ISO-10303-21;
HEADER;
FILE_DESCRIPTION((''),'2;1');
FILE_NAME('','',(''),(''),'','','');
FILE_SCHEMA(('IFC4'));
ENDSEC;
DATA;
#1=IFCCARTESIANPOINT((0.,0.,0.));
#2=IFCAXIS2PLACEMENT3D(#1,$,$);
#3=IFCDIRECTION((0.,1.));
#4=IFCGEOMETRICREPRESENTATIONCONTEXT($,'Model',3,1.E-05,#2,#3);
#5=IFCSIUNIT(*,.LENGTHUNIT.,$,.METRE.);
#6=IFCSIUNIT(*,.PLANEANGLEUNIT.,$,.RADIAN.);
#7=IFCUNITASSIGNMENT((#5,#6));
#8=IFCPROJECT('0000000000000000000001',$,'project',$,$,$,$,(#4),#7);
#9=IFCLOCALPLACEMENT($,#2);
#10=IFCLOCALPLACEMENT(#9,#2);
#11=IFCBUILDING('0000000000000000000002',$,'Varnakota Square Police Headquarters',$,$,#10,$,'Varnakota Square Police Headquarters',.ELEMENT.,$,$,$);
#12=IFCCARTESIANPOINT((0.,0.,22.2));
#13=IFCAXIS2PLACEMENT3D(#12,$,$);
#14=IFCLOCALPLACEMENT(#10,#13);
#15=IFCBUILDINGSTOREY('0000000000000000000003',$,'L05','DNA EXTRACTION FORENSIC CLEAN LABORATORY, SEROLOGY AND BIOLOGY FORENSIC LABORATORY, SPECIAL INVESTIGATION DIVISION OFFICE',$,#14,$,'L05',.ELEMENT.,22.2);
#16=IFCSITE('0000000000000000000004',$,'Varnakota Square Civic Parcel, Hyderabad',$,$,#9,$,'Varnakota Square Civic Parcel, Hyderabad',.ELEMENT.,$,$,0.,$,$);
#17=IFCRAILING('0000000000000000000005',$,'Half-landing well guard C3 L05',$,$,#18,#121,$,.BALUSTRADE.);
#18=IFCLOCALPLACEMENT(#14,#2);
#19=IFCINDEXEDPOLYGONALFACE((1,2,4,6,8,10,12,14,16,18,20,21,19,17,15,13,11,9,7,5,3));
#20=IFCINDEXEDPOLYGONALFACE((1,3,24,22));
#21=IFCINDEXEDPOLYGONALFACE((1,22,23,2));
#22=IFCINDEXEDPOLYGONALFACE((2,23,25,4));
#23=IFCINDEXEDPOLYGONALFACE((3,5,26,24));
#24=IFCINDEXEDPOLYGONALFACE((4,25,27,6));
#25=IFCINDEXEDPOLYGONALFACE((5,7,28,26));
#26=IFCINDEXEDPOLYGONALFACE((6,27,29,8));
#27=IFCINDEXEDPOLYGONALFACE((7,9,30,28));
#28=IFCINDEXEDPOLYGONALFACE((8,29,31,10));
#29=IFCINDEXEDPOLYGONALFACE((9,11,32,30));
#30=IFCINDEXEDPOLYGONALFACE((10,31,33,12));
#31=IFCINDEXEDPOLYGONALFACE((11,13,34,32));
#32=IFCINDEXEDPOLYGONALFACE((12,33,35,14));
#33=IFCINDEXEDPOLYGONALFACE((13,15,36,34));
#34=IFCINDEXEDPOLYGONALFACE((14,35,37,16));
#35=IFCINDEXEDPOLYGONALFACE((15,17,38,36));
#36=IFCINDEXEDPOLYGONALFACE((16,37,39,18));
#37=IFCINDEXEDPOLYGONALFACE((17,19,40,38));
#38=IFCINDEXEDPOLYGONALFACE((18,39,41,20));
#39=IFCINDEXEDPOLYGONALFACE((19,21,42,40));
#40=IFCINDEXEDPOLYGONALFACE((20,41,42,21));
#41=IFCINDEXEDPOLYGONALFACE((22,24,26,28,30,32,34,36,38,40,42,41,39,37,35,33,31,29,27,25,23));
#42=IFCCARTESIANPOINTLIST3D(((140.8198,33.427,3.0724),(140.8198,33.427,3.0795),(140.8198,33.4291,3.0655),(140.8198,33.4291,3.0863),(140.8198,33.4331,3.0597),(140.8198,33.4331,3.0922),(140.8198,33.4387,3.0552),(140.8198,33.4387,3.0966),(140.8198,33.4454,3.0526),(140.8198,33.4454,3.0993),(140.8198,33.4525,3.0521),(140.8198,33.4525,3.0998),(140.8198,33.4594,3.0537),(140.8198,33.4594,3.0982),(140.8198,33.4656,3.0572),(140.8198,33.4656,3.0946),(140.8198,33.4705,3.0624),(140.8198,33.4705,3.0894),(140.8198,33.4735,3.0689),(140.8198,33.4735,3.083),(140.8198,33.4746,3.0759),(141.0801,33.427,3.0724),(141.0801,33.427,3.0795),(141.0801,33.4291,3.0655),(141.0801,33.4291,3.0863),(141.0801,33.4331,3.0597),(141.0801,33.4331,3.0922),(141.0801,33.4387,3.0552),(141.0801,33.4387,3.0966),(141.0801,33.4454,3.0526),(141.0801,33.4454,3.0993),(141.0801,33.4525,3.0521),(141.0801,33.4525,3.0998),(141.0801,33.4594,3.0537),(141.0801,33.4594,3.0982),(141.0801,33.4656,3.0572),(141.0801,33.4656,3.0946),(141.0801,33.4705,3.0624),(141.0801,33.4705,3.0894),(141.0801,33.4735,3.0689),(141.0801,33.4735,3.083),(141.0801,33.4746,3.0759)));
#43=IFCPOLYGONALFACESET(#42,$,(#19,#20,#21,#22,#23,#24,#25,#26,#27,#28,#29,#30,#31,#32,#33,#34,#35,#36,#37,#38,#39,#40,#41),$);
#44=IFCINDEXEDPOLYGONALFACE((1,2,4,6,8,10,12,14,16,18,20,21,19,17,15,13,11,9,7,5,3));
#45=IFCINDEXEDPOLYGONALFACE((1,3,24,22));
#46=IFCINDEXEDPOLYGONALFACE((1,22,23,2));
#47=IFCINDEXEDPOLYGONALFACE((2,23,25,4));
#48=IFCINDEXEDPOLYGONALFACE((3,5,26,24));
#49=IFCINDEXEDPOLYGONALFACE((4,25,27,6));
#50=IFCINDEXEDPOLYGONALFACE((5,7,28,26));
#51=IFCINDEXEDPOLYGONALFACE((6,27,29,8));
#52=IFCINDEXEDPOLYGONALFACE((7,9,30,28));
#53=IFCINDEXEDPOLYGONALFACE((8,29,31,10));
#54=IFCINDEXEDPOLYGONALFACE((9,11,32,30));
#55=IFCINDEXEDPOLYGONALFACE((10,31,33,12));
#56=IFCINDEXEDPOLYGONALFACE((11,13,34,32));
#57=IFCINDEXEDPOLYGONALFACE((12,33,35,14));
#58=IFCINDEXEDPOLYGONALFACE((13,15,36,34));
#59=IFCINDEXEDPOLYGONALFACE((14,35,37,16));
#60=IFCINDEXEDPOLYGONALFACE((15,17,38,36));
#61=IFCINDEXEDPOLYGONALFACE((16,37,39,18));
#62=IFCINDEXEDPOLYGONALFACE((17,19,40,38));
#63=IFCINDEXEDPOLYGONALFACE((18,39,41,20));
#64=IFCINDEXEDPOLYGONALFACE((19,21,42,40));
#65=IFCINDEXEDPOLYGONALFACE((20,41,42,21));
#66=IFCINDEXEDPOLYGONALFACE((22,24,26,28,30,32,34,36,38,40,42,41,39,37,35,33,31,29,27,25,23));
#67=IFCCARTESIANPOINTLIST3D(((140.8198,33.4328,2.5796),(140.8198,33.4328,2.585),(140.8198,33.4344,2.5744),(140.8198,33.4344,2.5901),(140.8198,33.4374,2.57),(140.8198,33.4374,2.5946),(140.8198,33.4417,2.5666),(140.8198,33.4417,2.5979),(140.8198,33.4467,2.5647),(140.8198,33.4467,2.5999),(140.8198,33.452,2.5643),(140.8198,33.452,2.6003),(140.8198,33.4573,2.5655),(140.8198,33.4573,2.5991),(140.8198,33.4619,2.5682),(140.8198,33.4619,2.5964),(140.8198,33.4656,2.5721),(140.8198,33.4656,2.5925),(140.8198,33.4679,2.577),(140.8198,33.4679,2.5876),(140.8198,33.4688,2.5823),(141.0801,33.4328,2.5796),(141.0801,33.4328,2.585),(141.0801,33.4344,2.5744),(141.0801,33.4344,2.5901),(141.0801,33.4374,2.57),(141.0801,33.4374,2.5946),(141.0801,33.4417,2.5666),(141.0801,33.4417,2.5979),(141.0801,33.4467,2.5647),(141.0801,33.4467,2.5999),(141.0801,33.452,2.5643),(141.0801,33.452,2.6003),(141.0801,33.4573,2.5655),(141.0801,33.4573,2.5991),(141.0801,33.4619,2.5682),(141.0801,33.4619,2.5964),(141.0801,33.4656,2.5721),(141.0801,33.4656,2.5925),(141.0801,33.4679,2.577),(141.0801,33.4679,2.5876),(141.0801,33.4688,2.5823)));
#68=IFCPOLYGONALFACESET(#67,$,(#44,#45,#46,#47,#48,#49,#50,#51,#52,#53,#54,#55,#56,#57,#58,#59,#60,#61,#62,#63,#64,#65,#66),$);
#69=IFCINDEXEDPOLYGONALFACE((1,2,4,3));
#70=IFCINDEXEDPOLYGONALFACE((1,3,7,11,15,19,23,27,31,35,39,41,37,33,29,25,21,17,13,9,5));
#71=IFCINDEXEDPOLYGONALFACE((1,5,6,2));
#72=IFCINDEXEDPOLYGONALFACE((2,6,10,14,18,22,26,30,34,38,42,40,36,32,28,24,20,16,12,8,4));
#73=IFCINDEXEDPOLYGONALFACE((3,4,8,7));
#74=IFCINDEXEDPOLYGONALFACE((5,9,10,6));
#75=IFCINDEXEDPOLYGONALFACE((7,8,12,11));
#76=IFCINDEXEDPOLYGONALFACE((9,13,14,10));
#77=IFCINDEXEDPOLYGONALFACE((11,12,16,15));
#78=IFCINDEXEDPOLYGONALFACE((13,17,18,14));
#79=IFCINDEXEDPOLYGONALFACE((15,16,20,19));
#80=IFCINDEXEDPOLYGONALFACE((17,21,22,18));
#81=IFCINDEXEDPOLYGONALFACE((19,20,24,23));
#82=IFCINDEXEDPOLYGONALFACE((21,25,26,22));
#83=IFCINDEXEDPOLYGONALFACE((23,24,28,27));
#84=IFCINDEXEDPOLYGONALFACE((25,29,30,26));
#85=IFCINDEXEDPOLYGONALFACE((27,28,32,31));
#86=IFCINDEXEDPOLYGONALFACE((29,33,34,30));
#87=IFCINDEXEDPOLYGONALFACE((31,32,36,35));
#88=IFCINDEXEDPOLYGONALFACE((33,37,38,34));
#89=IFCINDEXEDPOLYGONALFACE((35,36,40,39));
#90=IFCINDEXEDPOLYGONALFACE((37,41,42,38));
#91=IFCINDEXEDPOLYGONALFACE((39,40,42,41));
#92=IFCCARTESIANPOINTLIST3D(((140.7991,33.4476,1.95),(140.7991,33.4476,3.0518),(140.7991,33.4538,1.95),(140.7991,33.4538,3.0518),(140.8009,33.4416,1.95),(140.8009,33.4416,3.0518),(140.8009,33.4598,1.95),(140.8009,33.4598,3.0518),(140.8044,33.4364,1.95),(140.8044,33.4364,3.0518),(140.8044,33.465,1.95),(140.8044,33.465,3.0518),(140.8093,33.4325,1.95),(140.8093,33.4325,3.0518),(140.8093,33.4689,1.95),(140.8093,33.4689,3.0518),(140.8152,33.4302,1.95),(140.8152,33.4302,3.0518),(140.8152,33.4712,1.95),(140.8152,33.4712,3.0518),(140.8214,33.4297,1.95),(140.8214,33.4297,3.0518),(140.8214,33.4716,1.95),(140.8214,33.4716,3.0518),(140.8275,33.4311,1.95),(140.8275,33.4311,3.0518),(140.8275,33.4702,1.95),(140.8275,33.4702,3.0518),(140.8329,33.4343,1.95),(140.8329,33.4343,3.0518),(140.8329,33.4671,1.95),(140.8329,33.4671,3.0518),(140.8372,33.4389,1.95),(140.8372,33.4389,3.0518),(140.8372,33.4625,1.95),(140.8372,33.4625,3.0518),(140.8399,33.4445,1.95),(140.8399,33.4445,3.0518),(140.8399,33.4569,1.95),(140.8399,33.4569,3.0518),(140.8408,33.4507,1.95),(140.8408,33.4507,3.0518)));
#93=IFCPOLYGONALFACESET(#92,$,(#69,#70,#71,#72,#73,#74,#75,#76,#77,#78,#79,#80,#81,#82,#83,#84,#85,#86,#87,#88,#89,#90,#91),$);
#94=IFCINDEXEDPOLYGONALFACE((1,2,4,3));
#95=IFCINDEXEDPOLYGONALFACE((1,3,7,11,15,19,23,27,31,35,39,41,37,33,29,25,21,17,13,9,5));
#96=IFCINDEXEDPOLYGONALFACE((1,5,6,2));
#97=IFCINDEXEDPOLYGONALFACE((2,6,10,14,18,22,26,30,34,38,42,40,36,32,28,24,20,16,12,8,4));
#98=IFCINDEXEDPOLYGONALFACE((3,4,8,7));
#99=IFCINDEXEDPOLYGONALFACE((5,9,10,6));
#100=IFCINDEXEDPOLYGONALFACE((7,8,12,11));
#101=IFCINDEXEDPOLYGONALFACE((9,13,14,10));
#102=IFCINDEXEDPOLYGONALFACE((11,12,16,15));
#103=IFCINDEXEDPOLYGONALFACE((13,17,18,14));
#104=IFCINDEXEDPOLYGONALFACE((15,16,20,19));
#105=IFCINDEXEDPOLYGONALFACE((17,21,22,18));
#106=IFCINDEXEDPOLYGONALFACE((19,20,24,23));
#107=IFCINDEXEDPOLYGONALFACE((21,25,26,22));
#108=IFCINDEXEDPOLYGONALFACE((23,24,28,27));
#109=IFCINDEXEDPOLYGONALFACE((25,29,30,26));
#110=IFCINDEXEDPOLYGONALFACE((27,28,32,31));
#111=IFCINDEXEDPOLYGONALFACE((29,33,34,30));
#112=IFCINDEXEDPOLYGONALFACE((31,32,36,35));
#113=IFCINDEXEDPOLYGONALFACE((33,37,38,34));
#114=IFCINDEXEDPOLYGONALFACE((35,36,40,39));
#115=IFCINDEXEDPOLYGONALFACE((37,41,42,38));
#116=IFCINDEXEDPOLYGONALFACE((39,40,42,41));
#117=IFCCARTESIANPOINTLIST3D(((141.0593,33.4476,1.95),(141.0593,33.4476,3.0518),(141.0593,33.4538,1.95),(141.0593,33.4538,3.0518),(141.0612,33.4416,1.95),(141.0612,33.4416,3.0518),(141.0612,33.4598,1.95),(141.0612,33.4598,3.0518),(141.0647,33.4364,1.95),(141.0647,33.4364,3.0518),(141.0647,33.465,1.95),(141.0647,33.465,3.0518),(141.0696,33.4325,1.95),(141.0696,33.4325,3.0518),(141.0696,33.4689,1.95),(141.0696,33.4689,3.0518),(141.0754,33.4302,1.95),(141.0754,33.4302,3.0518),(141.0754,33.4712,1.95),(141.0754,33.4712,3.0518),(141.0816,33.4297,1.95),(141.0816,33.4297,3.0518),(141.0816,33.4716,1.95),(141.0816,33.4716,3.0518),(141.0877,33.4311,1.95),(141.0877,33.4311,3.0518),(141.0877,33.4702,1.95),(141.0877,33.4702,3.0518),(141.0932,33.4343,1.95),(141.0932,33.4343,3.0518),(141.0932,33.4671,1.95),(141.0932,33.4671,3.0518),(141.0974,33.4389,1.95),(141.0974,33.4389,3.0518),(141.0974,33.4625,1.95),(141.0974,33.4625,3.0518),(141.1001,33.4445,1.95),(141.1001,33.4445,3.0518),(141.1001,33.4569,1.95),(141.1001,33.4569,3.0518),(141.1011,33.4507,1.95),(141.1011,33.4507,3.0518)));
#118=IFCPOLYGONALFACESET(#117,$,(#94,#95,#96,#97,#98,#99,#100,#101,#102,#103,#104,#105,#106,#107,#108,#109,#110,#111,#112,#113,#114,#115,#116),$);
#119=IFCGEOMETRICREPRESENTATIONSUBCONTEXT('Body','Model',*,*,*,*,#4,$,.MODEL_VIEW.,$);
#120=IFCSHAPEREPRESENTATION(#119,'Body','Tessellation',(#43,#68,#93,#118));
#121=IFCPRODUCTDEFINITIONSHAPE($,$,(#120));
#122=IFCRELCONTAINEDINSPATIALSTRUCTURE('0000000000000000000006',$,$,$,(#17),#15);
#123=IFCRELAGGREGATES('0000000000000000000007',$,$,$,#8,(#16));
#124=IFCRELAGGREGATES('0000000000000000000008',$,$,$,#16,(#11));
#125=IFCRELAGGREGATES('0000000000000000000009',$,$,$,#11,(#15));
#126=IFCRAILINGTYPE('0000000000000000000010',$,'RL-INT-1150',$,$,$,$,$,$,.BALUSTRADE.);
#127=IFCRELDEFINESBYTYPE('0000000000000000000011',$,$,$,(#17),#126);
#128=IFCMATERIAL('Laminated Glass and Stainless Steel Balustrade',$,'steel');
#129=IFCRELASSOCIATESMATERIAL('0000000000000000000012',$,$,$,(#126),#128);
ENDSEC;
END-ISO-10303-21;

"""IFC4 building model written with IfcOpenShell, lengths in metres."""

from ifc_helpers import new_model, si_unit, direction, frame, origin, origin_2d, place, context, subcontext, project, spatial, circle, extrude, material, type_object, element, save


model = new_model("IFC4")

# Units and contexts
model_context = context("Model", 3, precision=1e-05, world=origin(), true_north=direction((0.0, 1.0)))
body_context = subcontext(model_context, "Body", "Model", "MODEL_VIEW")
ifc_project = project(units=[si_unit("LENGTHUNIT", "METRE"), si_unit("PLANEANGLEUNIT", "RADIAN")], contexts=[model_context])

# Site, building, storey
site_placement = place(None, origin())
site = spatial("IfcSite", under=ifc_project, at=site_placement, Name="Varnakota Square Civic Parcel, Hyderabad", LongName="Varnakota Square Civic Parcel, Hyderabad", CompositionType="ELEMENT", RefElevation=0.0)
building_placement = place(site_placement, origin())
building = spatial("IfcBuilding", under=site, at=building_placement, Name="Varnakota Square Police Headquarters", LongName="Varnakota Square Police Headquarters", CompositionType="ELEMENT")
storey_placement = place(building_placement, frame((0.0, 0.0, 22.2)))
storey = spatial("IfcBuildingStorey", under=building, at=storey_placement, Name="L05", Description="DNA EXTRACTION FORENSIC CLEAN LABORATORY, SEROLOGY AND BIOLOGY FORENSIC LABORATORY, SPECIAL INVESTIGATION DIVISION OFFICE", LongName="L05", CompositionType="ELEMENT", Elevation=22.2)

# Railing
ifc_material_1 = material(Name="Laminated Glass and Stainless Steel Balustrade", Category="steel")
railing_type_1 = type_object("IfcRailingType", Name="RL-INT-1150", PredefinedType="BALUSTRADE", material=ifc_material_1)
railing_1_placement = place(storey_placement, frame((140.8198, 33.4507, 1.95)))
element("IfcRailing", 1, at=railing_1_placement, inside=storey, type_object=railing_type_1, Name="Half-landing well guard C3 L05", PredefinedType="BALUSTRADE", context=body_context, shape_type="SweptSolid", body=[
    extrude(circle(Radius=0.0239, at=origin_2d()), frame((0.0, 0.0, 1.126), z_axis=(1.0, 0.0, 0.0), x_axis=(0.0, 1.0, 0.0)), (0.0, 0.0, 1.0), 0.2603),
    extrude(circle(Radius=0.0181, at=origin_2d()), frame((0.0, 0.0, 0.6323), z_axis=(1.0, 0.0, 0.0), x_axis=(0.0, 1.0, 0.0)), (0.0, 0.0, 1.0), 0.2603),
    extrude(circle(Radius=0.021, at=origin_2d()), origin(), (0.0, 0.0, 1.0), 1.1018),
    extrude(circle(Radius=0.021, at=origin_2d()), frame((0.2603, 0.0, 0.0)), (0.0, 0.0, 1.0), 1.1018),
])

save(model, "model.ifc")
